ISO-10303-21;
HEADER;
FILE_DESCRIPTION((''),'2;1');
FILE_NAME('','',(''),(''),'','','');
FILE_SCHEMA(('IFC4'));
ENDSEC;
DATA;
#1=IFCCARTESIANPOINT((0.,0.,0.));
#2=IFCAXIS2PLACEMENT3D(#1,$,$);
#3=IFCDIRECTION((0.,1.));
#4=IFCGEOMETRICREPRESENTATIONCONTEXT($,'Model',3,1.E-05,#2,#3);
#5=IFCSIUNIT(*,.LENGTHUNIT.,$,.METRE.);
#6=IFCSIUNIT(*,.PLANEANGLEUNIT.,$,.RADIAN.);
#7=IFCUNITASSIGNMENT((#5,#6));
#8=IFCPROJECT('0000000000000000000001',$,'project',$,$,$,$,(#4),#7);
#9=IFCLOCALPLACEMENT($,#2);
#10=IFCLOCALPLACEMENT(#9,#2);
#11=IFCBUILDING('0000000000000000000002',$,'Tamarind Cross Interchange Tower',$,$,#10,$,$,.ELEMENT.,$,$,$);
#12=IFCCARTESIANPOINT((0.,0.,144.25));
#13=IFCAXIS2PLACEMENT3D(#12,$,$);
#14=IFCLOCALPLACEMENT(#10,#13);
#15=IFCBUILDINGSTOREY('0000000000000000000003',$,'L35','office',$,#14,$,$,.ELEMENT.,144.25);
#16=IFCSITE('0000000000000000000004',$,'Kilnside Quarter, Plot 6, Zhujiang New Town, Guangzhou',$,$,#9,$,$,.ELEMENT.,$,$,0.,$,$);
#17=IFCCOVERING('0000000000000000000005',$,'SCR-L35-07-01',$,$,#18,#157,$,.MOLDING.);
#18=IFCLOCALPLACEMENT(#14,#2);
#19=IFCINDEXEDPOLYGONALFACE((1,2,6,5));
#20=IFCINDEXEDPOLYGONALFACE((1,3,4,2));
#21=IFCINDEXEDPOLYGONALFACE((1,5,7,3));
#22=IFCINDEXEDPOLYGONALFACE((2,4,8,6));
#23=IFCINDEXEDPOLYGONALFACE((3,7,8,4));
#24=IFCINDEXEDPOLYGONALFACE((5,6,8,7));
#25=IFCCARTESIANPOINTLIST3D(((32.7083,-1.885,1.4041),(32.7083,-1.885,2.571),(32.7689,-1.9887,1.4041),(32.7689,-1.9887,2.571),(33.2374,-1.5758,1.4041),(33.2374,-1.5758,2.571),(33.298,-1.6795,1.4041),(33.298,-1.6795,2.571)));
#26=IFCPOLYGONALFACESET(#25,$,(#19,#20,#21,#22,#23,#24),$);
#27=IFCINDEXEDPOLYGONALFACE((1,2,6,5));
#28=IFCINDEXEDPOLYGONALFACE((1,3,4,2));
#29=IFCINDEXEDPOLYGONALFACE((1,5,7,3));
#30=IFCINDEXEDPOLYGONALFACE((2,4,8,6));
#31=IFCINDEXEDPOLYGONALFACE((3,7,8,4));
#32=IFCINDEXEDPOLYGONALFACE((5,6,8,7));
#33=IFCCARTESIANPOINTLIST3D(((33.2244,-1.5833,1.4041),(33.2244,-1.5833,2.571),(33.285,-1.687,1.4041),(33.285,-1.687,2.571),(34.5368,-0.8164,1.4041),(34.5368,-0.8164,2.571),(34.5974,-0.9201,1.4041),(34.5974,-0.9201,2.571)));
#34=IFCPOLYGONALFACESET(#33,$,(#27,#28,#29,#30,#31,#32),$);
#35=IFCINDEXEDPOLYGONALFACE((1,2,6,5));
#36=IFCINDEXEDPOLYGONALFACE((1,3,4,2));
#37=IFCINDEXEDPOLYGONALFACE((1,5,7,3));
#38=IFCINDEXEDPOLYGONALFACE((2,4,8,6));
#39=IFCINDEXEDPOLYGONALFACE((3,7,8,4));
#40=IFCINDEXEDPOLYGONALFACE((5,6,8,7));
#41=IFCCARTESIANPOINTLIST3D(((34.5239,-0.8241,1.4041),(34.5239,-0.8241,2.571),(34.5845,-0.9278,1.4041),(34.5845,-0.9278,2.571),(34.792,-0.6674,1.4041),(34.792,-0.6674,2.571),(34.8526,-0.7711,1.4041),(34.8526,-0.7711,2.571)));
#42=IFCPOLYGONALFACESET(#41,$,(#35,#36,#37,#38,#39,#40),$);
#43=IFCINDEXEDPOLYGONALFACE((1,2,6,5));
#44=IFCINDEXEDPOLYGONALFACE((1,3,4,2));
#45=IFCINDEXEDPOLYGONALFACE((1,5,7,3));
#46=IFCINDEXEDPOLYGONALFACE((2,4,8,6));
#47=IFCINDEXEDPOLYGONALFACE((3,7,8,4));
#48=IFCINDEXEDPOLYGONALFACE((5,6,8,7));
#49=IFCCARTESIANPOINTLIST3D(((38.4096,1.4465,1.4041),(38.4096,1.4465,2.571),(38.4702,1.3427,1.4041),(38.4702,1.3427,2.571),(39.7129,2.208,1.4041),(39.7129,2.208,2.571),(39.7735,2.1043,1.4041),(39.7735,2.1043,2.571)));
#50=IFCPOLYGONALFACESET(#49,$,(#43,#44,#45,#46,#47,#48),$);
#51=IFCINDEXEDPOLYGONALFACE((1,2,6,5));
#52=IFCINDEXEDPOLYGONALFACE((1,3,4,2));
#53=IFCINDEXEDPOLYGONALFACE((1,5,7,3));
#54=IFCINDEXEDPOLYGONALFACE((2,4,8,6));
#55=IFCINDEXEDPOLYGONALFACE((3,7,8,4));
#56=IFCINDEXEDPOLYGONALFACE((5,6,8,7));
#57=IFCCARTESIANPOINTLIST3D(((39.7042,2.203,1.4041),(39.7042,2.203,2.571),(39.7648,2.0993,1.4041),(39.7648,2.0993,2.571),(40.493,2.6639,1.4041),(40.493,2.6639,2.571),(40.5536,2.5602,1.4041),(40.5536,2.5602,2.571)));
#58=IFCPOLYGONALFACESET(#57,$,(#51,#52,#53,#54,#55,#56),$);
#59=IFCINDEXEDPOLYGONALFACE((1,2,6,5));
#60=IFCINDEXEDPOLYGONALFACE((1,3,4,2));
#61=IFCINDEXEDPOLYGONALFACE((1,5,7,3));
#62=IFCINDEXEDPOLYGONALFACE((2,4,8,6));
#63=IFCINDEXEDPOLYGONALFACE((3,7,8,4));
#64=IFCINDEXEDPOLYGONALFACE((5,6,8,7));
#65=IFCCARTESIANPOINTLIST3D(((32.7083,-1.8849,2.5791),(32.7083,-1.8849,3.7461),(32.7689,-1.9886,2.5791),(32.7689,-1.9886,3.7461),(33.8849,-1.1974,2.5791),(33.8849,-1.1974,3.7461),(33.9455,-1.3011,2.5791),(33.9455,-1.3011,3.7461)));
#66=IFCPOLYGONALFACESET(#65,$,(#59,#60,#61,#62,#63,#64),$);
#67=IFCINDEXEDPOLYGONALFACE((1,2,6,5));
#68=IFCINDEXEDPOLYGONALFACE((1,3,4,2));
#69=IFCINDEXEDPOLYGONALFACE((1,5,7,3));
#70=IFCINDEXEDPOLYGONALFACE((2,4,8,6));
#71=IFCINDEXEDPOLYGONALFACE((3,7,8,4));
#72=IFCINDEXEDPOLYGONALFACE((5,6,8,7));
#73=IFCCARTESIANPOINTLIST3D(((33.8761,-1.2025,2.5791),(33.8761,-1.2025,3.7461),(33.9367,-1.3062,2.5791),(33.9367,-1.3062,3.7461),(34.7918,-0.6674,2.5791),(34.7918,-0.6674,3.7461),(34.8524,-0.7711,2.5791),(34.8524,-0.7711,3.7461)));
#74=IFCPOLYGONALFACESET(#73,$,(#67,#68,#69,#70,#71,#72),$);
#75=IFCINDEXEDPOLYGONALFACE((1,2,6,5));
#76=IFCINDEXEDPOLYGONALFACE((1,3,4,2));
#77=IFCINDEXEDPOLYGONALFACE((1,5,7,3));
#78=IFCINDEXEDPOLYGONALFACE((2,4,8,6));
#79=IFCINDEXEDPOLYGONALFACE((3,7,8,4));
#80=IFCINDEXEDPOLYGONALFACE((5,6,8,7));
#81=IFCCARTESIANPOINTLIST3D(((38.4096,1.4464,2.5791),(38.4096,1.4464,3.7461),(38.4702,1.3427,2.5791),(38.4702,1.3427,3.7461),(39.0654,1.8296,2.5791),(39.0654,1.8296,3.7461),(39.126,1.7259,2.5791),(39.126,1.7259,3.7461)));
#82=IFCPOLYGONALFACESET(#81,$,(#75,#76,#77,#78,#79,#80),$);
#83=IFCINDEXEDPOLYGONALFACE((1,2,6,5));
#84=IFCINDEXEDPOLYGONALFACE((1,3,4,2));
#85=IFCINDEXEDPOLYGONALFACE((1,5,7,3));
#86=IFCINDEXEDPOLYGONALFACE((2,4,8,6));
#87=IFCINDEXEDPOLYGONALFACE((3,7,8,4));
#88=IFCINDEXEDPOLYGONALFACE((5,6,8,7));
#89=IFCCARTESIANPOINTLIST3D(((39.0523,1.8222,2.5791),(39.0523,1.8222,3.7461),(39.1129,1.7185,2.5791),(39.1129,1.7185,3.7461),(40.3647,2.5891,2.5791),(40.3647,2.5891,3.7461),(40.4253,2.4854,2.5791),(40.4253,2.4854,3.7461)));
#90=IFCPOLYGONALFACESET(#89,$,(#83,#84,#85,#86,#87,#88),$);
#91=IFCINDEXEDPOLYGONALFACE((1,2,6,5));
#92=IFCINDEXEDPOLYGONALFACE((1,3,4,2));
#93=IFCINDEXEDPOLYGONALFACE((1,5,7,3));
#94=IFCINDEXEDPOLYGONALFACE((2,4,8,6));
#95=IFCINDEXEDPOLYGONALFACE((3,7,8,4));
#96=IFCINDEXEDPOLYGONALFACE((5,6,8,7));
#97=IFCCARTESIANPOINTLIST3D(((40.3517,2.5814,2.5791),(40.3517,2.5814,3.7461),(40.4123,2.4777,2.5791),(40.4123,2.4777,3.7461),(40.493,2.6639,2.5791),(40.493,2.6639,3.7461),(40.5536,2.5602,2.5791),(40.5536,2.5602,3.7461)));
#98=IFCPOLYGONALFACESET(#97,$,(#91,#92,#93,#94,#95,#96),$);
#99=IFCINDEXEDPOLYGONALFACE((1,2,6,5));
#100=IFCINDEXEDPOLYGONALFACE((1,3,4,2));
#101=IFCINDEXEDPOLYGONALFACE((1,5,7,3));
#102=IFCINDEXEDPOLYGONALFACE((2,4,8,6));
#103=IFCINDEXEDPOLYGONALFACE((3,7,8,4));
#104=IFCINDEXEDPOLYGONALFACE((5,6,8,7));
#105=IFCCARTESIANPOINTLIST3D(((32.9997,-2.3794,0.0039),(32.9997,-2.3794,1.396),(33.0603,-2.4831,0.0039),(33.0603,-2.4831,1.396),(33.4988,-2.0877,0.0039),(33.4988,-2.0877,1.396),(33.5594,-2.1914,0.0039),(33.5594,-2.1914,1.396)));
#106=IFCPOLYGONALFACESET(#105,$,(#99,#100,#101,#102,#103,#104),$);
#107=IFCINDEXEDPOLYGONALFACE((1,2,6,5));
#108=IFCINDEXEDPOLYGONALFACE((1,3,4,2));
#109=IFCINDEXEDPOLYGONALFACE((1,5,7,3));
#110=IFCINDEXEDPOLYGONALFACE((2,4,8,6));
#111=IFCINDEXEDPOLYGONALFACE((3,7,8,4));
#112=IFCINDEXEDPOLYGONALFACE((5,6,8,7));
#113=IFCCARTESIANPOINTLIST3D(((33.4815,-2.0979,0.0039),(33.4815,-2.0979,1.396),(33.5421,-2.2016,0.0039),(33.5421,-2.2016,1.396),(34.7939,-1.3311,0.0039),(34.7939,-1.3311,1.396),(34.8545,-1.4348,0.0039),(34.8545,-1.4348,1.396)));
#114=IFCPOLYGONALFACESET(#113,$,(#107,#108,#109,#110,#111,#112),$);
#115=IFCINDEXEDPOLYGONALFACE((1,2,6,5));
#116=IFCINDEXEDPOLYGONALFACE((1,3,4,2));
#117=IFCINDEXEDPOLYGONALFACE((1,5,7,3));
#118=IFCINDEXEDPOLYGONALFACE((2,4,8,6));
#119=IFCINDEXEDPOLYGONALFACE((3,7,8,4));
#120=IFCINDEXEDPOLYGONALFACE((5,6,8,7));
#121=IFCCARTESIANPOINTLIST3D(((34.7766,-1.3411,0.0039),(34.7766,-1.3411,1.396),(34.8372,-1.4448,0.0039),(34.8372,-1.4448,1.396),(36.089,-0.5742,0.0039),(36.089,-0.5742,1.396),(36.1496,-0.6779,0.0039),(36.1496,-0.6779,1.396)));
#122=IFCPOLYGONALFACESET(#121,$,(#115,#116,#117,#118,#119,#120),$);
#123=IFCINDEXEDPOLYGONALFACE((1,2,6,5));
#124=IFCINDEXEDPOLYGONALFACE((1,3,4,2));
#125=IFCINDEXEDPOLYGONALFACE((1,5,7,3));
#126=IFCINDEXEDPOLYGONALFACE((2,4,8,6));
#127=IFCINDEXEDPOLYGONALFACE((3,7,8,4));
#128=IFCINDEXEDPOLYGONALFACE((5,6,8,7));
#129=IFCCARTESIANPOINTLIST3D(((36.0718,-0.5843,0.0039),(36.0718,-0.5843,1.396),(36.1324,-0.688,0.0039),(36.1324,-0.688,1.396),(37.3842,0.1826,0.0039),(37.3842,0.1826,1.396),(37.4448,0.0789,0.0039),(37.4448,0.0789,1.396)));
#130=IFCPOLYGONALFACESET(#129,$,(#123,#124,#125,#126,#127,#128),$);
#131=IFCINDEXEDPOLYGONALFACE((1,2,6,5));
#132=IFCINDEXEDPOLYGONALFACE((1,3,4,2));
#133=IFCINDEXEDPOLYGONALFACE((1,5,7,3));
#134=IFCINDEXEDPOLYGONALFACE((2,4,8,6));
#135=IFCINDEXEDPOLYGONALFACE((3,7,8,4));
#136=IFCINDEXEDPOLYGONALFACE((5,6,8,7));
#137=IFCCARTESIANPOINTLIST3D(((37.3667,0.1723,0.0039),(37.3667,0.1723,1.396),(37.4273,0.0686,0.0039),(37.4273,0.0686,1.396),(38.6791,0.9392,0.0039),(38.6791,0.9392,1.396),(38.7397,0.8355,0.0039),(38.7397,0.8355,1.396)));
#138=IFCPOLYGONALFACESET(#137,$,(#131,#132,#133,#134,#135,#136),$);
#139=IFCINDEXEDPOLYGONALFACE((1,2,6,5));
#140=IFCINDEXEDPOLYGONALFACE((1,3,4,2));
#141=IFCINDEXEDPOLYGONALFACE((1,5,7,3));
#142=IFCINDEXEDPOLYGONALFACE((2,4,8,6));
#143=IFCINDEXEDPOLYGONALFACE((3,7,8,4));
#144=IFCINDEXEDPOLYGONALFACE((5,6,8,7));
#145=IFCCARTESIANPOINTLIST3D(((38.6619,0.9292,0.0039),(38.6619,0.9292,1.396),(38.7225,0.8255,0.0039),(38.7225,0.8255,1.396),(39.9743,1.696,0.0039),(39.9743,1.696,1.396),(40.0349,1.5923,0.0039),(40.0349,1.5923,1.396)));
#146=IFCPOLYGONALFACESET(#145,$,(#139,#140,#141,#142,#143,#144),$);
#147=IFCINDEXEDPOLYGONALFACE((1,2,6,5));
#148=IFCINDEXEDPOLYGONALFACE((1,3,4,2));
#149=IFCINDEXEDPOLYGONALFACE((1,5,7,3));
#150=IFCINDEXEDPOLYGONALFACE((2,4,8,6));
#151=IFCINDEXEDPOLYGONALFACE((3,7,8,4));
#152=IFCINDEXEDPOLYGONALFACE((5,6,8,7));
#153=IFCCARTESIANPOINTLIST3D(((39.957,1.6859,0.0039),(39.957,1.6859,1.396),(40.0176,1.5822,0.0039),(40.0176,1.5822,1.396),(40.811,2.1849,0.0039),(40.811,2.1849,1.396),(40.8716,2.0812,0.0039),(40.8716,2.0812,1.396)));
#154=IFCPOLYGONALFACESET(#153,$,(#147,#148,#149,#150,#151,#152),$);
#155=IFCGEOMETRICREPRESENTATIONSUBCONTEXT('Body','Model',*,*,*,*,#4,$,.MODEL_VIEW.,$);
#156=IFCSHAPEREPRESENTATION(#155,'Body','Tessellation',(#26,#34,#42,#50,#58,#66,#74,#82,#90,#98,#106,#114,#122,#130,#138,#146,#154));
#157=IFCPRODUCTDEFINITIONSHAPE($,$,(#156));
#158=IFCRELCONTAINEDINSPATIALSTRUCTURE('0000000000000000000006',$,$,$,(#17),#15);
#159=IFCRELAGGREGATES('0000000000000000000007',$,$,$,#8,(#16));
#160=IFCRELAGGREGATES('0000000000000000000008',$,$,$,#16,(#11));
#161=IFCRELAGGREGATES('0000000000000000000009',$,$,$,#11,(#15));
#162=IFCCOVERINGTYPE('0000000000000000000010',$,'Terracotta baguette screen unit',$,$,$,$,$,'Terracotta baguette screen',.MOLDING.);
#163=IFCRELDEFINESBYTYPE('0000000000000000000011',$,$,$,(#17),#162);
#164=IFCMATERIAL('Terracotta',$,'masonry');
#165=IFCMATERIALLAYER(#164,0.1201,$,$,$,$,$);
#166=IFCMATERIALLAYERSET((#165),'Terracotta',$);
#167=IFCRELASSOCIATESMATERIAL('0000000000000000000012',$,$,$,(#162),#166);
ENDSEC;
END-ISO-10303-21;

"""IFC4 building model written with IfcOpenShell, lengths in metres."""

from ifc_helpers import new_model, si_unit, direction, frame, origin, origin_2d, place, context, subcontext, project, spatial, rectangle, extrude, material, layer, layer_set, type_object, element, save


model = new_model("IFC4")

# Units and contexts
model_context = context("Model", 3, precision=1e-05, world=origin(), true_north=direction((0.0, 1.0)))
body_context = subcontext(model_context, "Body", "Model", "MODEL_VIEW")
ifc_project = project(units=[si_unit("LENGTHUNIT", "METRE"), si_unit("PLANEANGLEUNIT", "RADIAN")], contexts=[model_context])

# Site, building, storey
site_placement = place(None, origin())
site = spatial("IfcSite", under=ifc_project, at=site_placement, Name="Kilnside Quarter, Plot 6, Zhujiang New Town, Guangzhou", CompositionType="ELEMENT", RefElevation=0.0)
building_placement = place(site_placement, origin())
building = spatial("IfcBuilding", under=site, at=building_placement, Name="Tamarind Cross Interchange Tower", CompositionType="ELEMENT")
storey_placement = place(building_placement, frame((0.0, 0.0, 144.25)))
storey = spatial("IfcBuildingStorey", under=building, at=storey_placement, Name="L35", Description="office", CompositionType="ELEMENT", Elevation=144.25)

# Covering
ifc_material_1 = material(Name="Terracotta", Category="masonry")
ifc_layer_1 = layer(ifc_material_1, 0.1201)
ifc_layer_set_1 = layer_set([ifc_layer_1], Name="Terracotta")
covering_type = type_object("IfcCoveringType", Name="Terracotta baguette screen unit", ElementType="Terracotta baguette screen", PredefinedType="MOLDING", material=ifc_layer_set_1)
covering_1_placement = place(storey_placement, origin())
element("IfcCovering", 1, at=covering_1_placement, inside=storey, type_object=covering_type, Name="SCR-L35-07-01", PredefinedType="MOLDING", context=body_context, shape_type="SweptSolid", body=[
    extrude(rectangle(XDim=0.6128, YDim=0.1201, at=origin_2d()), frame((33.0032, -1.7822, 1.4041), z_axis=(0.0, 0.0, 1.0), x_axis=(0.863403, 0.504516, 0.0)), (0.0, 0.0, 1.0), 1.167),
    extrude(rectangle(XDim=1.52, YDim=0.1201, at=origin_2d()), frame((33.9109, -1.2517, 1.4041), z_axis=(0.0, 0.0, 1.0), x_axis=(0.863403, 0.504516, 0.0)), (0.0, 0.0, 1.0), 1.167),
    extrude(rectangle(XDim=0.3105, YDim=0.1201, at=origin_2d()), frame((34.6882, -0.7976, 1.4041), z_axis=(0.0, 0.0, 1.0), x_axis=(0.863403, 0.504516, 0.0)), (0.0, 0.0, 1.0), 1.167),
    extrude(rectangle(XDim=1.5095, YDim=0.1201, at=origin_2d()), frame((39.0916, 1.7754, 1.4041), z_axis=(0.0, 0.0, 1.0), x_axis=(0.863403, 0.504516, 0.0)), (0.0, 0.0, 1.0), 1.167),
    extrude(rectangle(XDim=0.9136, YDim=0.1201, at=origin_2d()), frame((40.1289, 2.3816, 1.4041), z_axis=(0.0, 0.0, 1.0), x_axis=(0.863403, 0.504516, 0.0)), (0.0, 0.0, 1.0), 1.167),
    extrude(rectangle(XDim=1.3628, YDim=0.1201, at=origin_2d()), frame((33.3269, -1.593, 2.5791), z_axis=(0.0, 0.0, 1.0), x_axis=(0.863403, 0.504516, 0.0)), (0.0, 0.0, 1.0), 1.167),
    extrude(rectangle(XDim=1.0605, YDim=0.1201, at=origin_2d()), frame((34.3643, -0.9868, 2.5791), z_axis=(0.0, 0.0, 1.0), x_axis=(0.863403, 0.504516, 0.0)), (0.0, 0.0, 1.0), 1.167),
    extrude(rectangle(XDim=0.7595, YDim=0.1201, at=origin_2d()), frame((38.7678, 1.5862, 2.5791), z_axis=(0.0, 0.0, 1.0), x_axis=(0.863403, 0.504516, 0.0)), (0.0, 0.0, 1.0), 1.167),
    extrude(rectangle(XDim=1.52, YDim=0.1201, at=origin_2d()), frame((39.7388, 2.1538, 2.5791), z_axis=(0.0, 0.0, 1.0), x_axis=(0.863403, 0.504516, 0.0)), (0.0, 0.0, 1.0), 1.167),
    extrude(rectangle(XDim=0.1636, YDim=0.1201, at=origin_2d()), frame((40.4526, 2.5708, 2.5791), z_axis=(0.0, 0.0, 1.0), x_axis=(0.863403, 0.504516, 0.0)), (0.0, 0.0, 1.0), 1.167),
    extrude(rectangle(XDim=0.5781, YDim=0.1201, at=origin_2d()), frame((33.2795, -2.2854, 0.0039), z_axis=(0.0, 0.0, 1.0), x_axis=(0.863403, 0.504516, 0.0)), (0.0, 0.0, 1.0), 1.3921),
    extrude(rectangle(XDim=1.52, YDim=0.1201, at=origin_2d()), frame((34.168, -1.7664, 0.0039), z_axis=(0.0, 0.0, 1.0), x_axis=(0.863403, 0.504516, 0.0)), (0.0, 0.0, 1.0), 1.3921),
    extrude(rectangle(XDim=1.52, YDim=0.1201, at=origin_2d()), frame((35.4631, -1.0095, 0.0039), z_axis=(0.0, 0.0, 1.0), x_axis=(0.863403, 0.504516, 0.0)), (0.0, 0.0, 1.0), 1.3921),
    extrude(rectangle(XDim=1.52, YDim=0.1201, at=origin_2d()), frame((36.7583, -0.2527, 0.0039), z_axis=(0.0, 0.0, 1.0), x_axis=(0.863403, 0.504516, 0.0)), (0.0, 0.0, 1.0), 1.3921),
    extrude(rectangle(XDim=1.52, YDim=0.1201, at=origin_2d()), frame((38.0532, 0.5039, 0.0039), z_axis=(0.0, 0.0, 1.0), x_axis=(0.863403, 0.504516, 0.0)), (0.0, 0.0, 1.0), 1.3921),
    extrude(rectangle(XDim=1.52, YDim=0.1201, at=origin_2d()), frame((39.3484, 1.2607, 0.0039), z_axis=(0.0, 0.0, 1.0), x_axis=(0.863403, 0.504516, 0.0)), (0.0, 0.0, 1.0), 1.3921),
    extrude(rectangle(XDim=0.989, YDim=0.1201, at=origin_2d()), frame((40.4143, 1.8835, 0.0039), z_axis=(0.0, 0.0, 1.0), x_axis=(0.863403, 0.504516, 0.0)), (0.0, 0.0, 1.0), 1.3921),
])

save(model, "model.ifc")
